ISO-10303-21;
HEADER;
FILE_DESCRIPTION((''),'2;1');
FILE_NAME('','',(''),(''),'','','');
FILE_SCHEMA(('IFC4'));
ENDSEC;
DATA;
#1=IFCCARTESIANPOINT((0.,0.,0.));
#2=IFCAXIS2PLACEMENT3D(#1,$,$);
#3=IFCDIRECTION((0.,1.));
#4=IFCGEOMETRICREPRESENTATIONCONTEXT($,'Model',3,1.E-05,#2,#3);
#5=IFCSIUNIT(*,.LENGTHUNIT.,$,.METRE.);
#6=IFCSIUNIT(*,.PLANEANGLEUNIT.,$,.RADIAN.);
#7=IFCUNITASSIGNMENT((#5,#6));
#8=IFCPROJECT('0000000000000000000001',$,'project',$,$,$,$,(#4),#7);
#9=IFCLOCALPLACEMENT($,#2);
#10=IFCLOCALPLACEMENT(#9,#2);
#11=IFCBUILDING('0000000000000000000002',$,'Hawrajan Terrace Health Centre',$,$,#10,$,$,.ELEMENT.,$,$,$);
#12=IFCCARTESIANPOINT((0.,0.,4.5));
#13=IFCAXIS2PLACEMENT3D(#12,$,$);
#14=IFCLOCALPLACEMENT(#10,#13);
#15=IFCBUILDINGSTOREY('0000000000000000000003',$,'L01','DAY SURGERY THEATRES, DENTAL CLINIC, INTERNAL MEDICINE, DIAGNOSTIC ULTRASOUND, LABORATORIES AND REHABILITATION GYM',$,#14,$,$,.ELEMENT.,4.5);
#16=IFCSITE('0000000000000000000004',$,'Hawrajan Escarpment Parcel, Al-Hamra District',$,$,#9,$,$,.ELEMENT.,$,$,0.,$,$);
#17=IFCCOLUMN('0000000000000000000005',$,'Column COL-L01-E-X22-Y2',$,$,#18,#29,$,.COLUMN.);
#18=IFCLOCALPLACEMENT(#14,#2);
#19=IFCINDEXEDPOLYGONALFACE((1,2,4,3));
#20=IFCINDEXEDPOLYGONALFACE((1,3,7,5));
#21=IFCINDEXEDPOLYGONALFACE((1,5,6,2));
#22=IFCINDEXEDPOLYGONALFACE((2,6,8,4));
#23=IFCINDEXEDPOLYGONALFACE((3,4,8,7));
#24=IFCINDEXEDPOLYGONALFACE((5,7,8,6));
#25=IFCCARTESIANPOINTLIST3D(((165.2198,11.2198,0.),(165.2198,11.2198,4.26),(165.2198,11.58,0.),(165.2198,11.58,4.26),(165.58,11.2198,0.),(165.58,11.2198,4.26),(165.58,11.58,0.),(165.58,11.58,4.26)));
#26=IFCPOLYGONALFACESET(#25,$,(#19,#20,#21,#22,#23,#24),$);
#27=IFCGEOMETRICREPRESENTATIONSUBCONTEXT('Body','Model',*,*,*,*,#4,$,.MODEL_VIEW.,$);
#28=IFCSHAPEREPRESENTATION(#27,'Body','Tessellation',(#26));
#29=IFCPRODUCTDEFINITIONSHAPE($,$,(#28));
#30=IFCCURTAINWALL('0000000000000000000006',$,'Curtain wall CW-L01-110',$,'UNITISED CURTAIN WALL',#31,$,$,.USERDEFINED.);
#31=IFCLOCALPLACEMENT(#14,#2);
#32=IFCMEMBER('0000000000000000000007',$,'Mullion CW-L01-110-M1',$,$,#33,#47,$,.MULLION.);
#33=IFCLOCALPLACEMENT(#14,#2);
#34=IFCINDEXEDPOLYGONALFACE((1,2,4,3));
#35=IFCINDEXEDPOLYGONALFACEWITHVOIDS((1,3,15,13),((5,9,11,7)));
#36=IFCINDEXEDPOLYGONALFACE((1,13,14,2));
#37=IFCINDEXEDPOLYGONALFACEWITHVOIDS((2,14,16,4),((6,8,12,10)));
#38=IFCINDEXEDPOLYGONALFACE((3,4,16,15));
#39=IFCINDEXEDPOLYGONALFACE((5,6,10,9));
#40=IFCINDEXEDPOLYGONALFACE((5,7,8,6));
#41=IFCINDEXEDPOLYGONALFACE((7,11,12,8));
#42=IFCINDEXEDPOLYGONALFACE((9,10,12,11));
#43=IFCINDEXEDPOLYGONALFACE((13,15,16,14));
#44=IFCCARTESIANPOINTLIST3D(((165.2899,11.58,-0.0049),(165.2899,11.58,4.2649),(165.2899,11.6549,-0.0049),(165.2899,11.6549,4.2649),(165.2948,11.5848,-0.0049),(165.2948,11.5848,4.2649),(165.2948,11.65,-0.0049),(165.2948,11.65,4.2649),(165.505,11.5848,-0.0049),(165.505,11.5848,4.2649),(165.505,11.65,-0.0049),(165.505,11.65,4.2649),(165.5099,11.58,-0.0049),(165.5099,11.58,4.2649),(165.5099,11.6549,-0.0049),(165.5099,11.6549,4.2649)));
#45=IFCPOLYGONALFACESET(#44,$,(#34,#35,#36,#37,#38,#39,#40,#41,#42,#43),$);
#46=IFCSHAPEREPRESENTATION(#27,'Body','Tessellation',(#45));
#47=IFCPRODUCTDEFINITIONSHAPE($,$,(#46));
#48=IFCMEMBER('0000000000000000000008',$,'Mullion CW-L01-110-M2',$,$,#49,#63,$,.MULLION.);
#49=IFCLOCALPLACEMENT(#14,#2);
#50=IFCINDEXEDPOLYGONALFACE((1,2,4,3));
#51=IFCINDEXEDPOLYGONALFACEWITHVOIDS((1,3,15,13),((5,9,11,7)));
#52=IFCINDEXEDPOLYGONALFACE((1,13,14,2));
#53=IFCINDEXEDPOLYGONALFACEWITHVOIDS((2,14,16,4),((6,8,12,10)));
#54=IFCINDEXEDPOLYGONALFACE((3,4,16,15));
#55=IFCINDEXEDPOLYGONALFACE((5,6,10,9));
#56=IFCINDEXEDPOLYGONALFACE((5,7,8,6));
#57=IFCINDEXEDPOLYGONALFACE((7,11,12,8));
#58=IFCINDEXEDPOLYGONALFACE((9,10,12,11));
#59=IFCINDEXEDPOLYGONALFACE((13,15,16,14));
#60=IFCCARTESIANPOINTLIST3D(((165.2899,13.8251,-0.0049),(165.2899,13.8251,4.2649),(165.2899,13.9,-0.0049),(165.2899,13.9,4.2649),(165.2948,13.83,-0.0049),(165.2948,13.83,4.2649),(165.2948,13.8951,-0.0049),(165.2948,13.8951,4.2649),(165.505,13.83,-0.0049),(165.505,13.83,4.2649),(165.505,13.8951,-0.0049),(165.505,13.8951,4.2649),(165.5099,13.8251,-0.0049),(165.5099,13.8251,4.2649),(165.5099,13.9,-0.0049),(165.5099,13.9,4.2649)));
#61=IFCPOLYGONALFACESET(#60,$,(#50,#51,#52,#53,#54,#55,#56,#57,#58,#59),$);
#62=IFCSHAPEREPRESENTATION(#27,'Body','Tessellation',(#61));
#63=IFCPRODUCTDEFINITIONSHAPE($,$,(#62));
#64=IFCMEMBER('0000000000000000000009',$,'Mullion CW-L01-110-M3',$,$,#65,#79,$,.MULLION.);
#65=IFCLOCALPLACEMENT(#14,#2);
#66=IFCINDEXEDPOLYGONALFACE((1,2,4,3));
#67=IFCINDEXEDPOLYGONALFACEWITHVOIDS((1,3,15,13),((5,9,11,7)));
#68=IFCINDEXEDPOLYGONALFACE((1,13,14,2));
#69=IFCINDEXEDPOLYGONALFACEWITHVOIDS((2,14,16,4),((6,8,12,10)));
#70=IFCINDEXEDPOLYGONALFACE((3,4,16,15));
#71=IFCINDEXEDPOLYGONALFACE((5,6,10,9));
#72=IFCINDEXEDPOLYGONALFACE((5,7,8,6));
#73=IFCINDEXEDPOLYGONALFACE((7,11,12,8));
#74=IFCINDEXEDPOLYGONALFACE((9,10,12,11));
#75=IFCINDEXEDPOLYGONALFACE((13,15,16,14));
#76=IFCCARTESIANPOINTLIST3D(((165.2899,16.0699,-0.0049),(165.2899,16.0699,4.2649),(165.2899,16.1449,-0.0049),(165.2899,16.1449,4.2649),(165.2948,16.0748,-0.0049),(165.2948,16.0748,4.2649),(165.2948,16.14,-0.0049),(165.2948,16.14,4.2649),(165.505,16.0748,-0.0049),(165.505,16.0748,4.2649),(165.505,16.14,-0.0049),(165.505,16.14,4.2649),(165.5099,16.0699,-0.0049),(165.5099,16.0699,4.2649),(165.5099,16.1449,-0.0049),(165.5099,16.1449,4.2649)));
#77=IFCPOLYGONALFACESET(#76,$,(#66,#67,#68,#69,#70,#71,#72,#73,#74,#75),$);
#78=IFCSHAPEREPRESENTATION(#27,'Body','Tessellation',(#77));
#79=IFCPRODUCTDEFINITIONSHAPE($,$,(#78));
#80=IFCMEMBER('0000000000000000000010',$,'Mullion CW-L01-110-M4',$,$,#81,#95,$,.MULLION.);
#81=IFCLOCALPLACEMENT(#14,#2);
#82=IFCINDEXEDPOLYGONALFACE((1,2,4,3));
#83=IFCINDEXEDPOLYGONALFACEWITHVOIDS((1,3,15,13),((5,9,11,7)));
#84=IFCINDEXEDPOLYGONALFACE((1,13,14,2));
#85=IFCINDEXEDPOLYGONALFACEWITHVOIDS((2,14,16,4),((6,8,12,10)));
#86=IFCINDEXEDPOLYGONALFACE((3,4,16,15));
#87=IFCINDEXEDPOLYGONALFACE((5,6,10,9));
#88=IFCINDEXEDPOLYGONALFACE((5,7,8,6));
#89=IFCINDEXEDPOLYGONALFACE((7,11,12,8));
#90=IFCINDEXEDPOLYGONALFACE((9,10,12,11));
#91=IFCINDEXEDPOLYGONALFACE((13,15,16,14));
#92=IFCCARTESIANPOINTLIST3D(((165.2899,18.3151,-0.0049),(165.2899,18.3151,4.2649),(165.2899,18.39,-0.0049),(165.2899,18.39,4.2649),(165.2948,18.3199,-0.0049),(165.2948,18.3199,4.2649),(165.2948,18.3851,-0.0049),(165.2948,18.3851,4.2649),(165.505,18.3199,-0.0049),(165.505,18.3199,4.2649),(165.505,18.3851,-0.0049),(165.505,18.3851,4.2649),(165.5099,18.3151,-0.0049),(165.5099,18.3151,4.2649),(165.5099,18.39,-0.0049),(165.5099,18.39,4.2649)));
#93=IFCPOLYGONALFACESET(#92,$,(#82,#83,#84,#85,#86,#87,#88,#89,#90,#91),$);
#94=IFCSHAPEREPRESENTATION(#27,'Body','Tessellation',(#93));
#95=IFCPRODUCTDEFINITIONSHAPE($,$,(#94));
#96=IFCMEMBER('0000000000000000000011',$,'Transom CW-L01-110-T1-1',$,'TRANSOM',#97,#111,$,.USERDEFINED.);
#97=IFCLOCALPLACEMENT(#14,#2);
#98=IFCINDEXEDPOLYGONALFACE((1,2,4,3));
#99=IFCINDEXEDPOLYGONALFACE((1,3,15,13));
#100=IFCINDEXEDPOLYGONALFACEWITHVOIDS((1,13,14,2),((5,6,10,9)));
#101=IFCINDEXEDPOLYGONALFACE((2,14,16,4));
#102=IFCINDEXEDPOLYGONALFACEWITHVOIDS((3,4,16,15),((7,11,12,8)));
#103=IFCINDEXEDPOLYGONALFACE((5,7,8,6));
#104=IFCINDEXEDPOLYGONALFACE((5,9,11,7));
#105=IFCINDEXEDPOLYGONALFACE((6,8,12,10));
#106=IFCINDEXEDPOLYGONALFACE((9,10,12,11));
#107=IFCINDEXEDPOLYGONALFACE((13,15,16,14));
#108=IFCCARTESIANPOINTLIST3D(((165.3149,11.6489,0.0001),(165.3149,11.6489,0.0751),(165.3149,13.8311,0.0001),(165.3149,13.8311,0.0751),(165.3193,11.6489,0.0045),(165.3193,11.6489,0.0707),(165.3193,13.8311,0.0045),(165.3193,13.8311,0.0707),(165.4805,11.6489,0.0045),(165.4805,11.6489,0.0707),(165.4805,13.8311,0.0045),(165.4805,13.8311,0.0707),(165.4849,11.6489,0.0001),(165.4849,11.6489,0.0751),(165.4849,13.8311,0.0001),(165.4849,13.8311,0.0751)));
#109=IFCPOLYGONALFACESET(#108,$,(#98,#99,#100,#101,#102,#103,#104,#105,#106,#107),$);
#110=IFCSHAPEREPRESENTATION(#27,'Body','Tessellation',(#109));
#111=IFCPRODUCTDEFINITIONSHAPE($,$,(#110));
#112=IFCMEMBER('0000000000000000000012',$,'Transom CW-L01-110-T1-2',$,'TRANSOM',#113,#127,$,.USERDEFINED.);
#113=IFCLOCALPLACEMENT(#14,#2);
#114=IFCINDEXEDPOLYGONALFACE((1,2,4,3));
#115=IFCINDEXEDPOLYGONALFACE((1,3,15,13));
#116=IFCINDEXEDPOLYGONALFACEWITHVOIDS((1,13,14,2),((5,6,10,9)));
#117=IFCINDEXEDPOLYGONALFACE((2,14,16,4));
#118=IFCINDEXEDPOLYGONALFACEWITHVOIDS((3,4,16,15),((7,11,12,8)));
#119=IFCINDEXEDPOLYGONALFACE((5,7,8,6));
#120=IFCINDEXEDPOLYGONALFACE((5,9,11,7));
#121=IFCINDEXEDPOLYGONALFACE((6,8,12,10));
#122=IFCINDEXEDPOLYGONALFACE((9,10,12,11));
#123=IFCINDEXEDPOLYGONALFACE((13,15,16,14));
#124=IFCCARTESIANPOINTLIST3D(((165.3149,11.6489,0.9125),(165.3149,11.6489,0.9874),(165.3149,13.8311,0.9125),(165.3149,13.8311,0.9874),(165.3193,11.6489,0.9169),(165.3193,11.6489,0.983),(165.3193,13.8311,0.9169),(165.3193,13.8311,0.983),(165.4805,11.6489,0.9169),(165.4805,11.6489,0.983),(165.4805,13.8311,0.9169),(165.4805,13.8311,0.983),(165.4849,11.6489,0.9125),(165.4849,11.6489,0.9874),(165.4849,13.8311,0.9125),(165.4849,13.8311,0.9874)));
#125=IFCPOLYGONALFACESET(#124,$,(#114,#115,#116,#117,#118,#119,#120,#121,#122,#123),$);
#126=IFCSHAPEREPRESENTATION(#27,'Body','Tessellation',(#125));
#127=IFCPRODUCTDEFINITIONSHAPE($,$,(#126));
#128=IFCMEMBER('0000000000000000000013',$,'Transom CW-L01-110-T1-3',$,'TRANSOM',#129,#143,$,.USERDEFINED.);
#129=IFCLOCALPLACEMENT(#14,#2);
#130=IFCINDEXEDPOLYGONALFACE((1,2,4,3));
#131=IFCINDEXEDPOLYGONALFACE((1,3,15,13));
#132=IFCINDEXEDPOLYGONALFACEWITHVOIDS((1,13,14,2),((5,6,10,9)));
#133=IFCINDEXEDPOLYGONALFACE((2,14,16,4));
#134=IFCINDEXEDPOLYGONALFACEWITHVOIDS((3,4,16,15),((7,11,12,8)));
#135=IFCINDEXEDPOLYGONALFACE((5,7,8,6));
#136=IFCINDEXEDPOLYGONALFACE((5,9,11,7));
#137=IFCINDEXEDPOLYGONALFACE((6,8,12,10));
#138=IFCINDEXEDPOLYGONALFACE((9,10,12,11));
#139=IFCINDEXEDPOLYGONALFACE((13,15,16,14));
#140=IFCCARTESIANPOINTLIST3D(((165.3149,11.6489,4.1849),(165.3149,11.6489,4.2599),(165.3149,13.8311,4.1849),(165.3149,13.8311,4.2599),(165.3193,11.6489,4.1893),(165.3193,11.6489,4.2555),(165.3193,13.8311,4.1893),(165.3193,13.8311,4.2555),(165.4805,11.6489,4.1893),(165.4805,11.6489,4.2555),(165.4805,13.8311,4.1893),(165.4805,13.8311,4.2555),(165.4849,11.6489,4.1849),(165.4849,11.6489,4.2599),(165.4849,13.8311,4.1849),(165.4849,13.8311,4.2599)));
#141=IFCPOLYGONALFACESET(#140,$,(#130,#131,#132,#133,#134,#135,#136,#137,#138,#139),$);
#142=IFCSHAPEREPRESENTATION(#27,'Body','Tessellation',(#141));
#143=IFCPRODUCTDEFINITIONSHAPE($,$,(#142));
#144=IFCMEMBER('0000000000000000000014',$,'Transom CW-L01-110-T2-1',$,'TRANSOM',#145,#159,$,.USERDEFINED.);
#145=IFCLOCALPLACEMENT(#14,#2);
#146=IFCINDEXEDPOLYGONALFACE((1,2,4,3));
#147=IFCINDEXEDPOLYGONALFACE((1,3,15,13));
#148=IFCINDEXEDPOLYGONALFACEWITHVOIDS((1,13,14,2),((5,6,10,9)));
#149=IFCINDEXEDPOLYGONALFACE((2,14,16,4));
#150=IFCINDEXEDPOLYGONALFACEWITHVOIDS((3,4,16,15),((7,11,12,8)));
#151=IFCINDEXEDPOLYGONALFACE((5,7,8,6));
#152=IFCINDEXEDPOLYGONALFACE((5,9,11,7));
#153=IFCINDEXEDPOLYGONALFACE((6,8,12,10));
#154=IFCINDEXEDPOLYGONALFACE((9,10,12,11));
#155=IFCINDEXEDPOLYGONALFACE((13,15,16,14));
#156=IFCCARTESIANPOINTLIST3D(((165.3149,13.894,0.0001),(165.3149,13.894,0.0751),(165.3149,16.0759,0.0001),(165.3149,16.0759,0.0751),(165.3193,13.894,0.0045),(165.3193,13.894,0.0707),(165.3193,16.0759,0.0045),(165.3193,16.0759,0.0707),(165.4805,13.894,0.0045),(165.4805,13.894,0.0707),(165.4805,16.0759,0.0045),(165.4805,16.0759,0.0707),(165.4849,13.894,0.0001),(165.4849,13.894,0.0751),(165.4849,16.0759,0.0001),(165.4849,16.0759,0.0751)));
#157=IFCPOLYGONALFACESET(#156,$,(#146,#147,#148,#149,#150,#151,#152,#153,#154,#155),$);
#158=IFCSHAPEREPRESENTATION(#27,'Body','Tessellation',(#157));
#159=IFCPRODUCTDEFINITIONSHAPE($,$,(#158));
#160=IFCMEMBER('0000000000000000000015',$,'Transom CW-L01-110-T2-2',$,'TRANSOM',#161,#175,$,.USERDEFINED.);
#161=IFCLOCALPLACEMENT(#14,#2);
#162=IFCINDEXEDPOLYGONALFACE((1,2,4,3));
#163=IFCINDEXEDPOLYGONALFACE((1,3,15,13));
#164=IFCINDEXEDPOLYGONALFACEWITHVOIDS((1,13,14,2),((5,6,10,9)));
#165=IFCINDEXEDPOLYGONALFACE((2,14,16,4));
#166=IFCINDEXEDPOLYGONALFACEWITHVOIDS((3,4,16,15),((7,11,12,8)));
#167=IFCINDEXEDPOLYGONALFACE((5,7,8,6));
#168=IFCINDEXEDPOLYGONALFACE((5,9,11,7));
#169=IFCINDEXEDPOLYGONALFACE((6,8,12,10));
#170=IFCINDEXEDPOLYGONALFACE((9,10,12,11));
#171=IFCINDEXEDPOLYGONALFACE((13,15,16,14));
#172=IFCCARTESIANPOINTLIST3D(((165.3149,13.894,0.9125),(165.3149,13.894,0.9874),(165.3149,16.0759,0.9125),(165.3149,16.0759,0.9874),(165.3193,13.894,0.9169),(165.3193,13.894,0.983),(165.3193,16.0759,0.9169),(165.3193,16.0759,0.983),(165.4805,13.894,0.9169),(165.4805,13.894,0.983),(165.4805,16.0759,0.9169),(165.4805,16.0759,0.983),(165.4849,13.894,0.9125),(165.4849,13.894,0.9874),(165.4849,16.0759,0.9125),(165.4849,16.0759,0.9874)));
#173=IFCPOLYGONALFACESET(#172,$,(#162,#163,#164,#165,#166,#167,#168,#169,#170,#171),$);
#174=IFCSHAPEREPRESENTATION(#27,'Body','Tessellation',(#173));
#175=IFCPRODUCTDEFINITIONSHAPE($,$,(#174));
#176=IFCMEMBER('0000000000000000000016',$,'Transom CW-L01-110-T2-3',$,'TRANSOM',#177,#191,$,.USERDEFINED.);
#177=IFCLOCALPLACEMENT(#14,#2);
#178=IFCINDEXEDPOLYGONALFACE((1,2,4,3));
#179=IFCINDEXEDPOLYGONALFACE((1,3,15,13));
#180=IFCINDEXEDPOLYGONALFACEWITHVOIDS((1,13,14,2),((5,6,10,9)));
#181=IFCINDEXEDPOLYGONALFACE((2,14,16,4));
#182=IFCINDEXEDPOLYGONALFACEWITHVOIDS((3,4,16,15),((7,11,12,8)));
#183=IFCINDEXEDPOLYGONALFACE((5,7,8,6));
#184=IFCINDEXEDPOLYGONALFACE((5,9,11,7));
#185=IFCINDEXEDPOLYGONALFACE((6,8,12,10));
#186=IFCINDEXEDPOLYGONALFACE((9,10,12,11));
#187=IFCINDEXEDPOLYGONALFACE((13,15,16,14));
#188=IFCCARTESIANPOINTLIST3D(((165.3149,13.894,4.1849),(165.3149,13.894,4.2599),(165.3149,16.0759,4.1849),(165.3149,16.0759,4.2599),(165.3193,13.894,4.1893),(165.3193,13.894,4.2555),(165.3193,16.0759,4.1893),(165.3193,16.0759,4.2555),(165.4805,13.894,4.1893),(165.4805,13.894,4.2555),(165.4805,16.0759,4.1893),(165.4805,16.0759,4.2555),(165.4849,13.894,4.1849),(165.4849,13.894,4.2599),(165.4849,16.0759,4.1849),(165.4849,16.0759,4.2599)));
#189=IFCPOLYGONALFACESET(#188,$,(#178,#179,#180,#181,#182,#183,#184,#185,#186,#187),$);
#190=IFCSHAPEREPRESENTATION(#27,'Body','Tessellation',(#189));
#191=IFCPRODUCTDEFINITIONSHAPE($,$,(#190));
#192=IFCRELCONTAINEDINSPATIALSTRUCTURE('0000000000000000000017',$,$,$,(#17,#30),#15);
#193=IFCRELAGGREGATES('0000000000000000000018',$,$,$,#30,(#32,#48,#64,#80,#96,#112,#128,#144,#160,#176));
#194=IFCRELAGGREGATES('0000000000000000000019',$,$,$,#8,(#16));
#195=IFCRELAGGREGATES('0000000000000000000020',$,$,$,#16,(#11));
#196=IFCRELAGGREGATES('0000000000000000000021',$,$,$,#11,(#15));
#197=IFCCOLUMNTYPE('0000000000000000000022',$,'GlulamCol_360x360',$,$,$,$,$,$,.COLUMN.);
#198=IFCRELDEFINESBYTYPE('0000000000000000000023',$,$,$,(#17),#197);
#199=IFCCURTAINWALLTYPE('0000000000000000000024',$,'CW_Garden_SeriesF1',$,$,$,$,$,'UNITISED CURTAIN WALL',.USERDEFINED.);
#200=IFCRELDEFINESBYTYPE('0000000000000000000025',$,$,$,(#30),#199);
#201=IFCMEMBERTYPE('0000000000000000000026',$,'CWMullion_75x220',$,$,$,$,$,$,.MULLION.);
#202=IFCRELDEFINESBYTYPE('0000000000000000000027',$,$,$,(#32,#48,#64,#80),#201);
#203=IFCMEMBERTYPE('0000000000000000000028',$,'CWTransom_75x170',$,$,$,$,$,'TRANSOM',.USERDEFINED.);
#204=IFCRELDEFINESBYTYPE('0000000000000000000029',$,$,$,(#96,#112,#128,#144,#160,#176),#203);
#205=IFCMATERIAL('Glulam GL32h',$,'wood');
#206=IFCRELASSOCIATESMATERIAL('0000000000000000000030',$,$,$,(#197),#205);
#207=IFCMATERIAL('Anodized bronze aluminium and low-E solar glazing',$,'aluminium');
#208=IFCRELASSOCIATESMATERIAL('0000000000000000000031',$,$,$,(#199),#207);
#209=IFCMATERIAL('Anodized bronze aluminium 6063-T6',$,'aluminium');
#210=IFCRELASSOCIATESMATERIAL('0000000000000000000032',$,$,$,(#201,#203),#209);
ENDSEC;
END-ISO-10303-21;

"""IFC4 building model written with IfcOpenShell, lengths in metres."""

from ifc_helpers import new_model, si_unit, direction, frame, origin, origin_2d, place, context, subcontext, project, spatial, rectangle, hollow_rectangle, extrude, material, material_profile, profile_set, type_object, element, aggregate, save


model = new_model("IFC4")

# Units and contexts
model_context = context("Model", 3, precision=1e-05, world=origin(), true_north=direction((0.0, 1.0)))
body_context = subcontext(model_context, "Body", "Model", "MODEL_VIEW")
ifc_project = project(units=[si_unit("LENGTHUNIT", "METRE"), si_unit("PLANEANGLEUNIT", "RADIAN")], contexts=[model_context])

# Site, building, storey
site_placement = place(None, origin())
site = spatial("IfcSite", under=ifc_project, at=site_placement, Name="Hawrajan Escarpment Parcel, Al-Hamra District", CompositionType="ELEMENT", RefElevation=0.0)
building_placement = place(site_placement, origin())
building = spatial("IfcBuilding", under=site, at=building_placement, Name="Hawrajan Terrace Health Centre", CompositionType="ELEMENT")
storey_placement = place(building_placement, frame((0.0, 0.0, 4.5)))
storey = spatial("IfcBuildingStorey", under=building, at=storey_placement, Name="L01", Description="DAY SURGERY THEATRES, DENTAL CLINIC, INTERNAL MEDICINE, DIAGNOSTIC ULTRASOUND, LABORATORIES AND REHABILITATION GYM", CompositionType="ELEMENT", Elevation=4.5)

# Column
ifc_material_1 = material(Name="Glulam GL32h", Category="wood")
ifc_material_profile_1 = material_profile(ifc_material_1, rectangle(XDim=0.3601, YDim=0.3601, at=origin_2d()), Name="GL 360x360")
ifc_profile_set_1 = profile_set([ifc_material_profile_1], Name="Glulam GL32h")
column_type = type_object("IfcColumnType", Name="GlulamCol_360x360", PredefinedType="COLUMN", material=ifc_profile_set_1)
column_placement = place(storey_placement, frame((165.3999, 11.3999, 0.0), z_axis=(0.0, 0.0, 1.0), x_axis=(1.0, 0.0, 0.0)))
element("IfcColumn", 1, at=column_placement, inside=storey, type_object=column_type, Name="Column COL-L01-E-X22-Y2", PredefinedType="COLUMN", context=body_context, shape_type="SweptSolid", body=[
    extrude(rectangle(XDim=0.3601, YDim=0.3601, at=origin_2d()), origin(), (0.0, 0.0, 1.0), 4.26),
])

# Curtain wall, members
ifc_material_2 = material(Name="Anodized bronze aluminium and low-E solar glazing", Category="aluminium")
curtain_wall_type = type_object("IfcCurtainWallType", Name="CW_Garden_SeriesF1", ElementType="UNITISED CURTAIN WALL", PredefinedType="USERDEFINED", material=ifc_material_2)
curtain_wall_placement = place(storey_placement, origin())
curtain_wall = element("IfcCurtainWall", 2, at=curtain_wall_placement, inside=storey, type_object=curtain_wall_type, Name="Curtain wall CW-L01-110", ObjectType="UNITISED CURTAIN WALL", PredefinedType="USERDEFINED")
ifc_material_3 = material(Name="Anodized bronze aluminium 6063-T6", Category="aluminium")
ifc_material_profile_2 = material_profile(ifc_material_3, hollow_rectangle(XDim=0.075, YDim=0.22, WallThickness=0.0049, at=origin_2d()), Name="CW MUL 75x220")
ifc_profile_set_2 = profile_set([ifc_material_profile_2], Name="Anodized bronze aluminium 6063-T6")
member_type_1 = type_object("IfcMemberType", Name="CWMullion_75x220", PredefinedType="MULLION", material=ifc_profile_set_2)
member_1_placement = place(storey_placement, frame((165.3999, 11.6174, -0.0049), z_axis=(0.0, 0.0, 1.0), x_axis=(0.0, 1.0, 0.0)))
member_1 = element("IfcMember", 3, at=member_1_placement, type_object=member_type_1, Name="Mullion CW-L01-110-M1", PredefinedType="MULLION", context=body_context, shape_type="SweptSolid", body=[
    extrude(hollow_rectangle(XDim=0.075, YDim=0.22, WallThickness=0.0049, at=origin_2d()), origin(), (0.0, 0.0, 1.0), 4.2698),
])
member_2_placement = place(storey_placement, frame((165.3999, 13.8625, -0.0049), z_axis=(0.0, 0.0, 1.0), x_axis=(0.0, 1.0, 0.0)))
member_2 = element("IfcMember", 4, at=member_2_placement, type_object=member_type_1, Name="Mullion CW-L01-110-M2", PredefinedType="MULLION", context=body_context, shape_type="SweptSolid", body=[
    extrude(hollow_rectangle(XDim=0.075, YDim=0.22, WallThickness=0.0049, at=origin_2d()), origin(), (0.0, 0.0, 1.0), 4.2698),
])
member_3_placement = place(storey_placement, frame((165.3999, 16.1074, -0.0049), z_axis=(0.0, 0.0, 1.0), x_axis=(0.0, 1.0, 0.0)))
member_3 = element("IfcMember", 5, at=member_3_placement, type_object=member_type_1, Name="Mullion CW-L01-110-M3", PredefinedType="MULLION", context=body_context, shape_type="SweptSolid", body=[
    extrude(hollow_rectangle(XDim=0.075, YDim=0.22, WallThickness=0.0049, at=origin_2d()), origin(), (0.0, 0.0, 1.0), 4.2698),
])
member_4_placement = place(storey_placement, frame((165.3999, 18.3525, -0.0049), z_axis=(0.0, 0.0, 1.0), x_axis=(0.0, 1.0, 0.0)))
member_4 = element("IfcMember", 6, at=member_4_placement, type_object=member_type_1, Name="Mullion CW-L01-110-M4", PredefinedType="MULLION", context=body_context, shape_type="SweptSolid", body=[
    extrude(hollow_rectangle(XDim=0.075, YDim=0.22, WallThickness=0.0049, at=origin_2d()), origin(), (0.0, 0.0, 1.0), 4.2698),
])
ifc_material_profile_3 = material_profile(ifc_material_3, hollow_rectangle(XDim=0.075, YDim=0.1699, WallThickness=0.0044, at=origin_2d()), Name="CW TRN 75x170")
ifc_profile_set_3 = profile_set([ifc_material_profile_3], Name="Anodized bronze aluminium 6063-T6")
member_type_2 = type_object("IfcMemberType", Name="CWTransom_75x170", ElementType="TRANSOM", PredefinedType="USERDEFINED", material=ifc_profile_set_3)
member_5_placement = place(storey_placement, frame((165.3999, 11.6489, 0.0376), z_axis=(0.0, 1.0, 0.0), x_axis=(0.0, 0.0, 1.0)))
member_5 = element("IfcMember", 7, at=member_5_placement, type_object=member_type_2, Name="Transom CW-L01-110-T1-1", ObjectType="TRANSOM", PredefinedType="USERDEFINED", context=body_context, shape_type="SweptSolid", body=[
    extrude(hollow_rectangle(XDim=0.075, YDim=0.1699, WallThickness=0.0044, at=origin_2d()), origin(), (0.0, 0.0, 1.0), 2.1821),
])
member_6_placement = place(storey_placement, frame((165.3999, 11.6489, 0.95), z_axis=(0.0, 1.0, 0.0), x_axis=(0.0, 0.0, 1.0)))
member_6 = element("IfcMember", 8, at=member_6_placement, type_object=member_type_2, Name="Transom CW-L01-110-T1-2", ObjectType="TRANSOM", PredefinedType="USERDEFINED", context=body_context, shape_type="SweptSolid", body=[
    extrude(hollow_rectangle(XDim=0.075, YDim=0.1699, WallThickness=0.0044, at=origin_2d()), origin(), (0.0, 0.0, 1.0), 2.1821),
])
member_7_placement = place(storey_placement, frame((165.3999, 11.6489, 4.2224), z_axis=(0.0, 1.0, 0.0), x_axis=(0.0, 0.0, 1.0)))
member_7 = element("IfcMember", 9, at=member_7_placement, type_object=member_type_2, Name="Transom CW-L01-110-T1-3", ObjectType="TRANSOM", PredefinedType="USERDEFINED", context=body_context, shape_type="SweptSolid", body=[
    extrude(hollow_rectangle(XDim=0.075, YDim=0.1699, WallThickness=0.0044, at=origin_2d()), origin(), (0.0, 0.0, 1.0), 2.1821),
])
member_8_placement = place(storey_placement, frame((165.3999, 13.894, 0.0376), z_axis=(0.0, 1.0, 0.0), x_axis=(0.0, 0.0, 1.0)))
member_8 = element("IfcMember", 10, at=member_8_placement, type_object=member_type_2, Name="Transom CW-L01-110-T2-1", ObjectType="TRANSOM", PredefinedType="USERDEFINED", context=body_context, shape_type="SweptSolid", body=[
    extrude(hollow_rectangle(XDim=0.075, YDim=0.1699, WallThickness=0.0044, at=origin_2d()), origin(), (0.0, 0.0, 1.0), 2.1819),
])
member_9_placement = place(storey_placement, frame((165.3999, 13.894, 0.95), z_axis=(0.0, 1.0, 0.0), x_axis=(0.0, 0.0, 1.0)))
member_9 = element("IfcMember", 11, at=member_9_placement, type_object=member_type_2, Name="Transom CW-L01-110-T2-2", ObjectType="TRANSOM", PredefinedType="USERDEFINED", context=body_context, shape_type="SweptSolid", body=[
    extrude(hollow_rectangle(XDim=0.075, YDim=0.1699, WallThickness=0.0044, at=origin_2d()), origin(), (0.0, 0.0, 1.0), 2.1819),
])
member_10_placement = place(storey_placement, frame((165.3999, 13.894, 4.2224), z_axis=(0.0, 1.0, 0.0), x_axis=(0.0, 0.0, 1.0)))
member_10 = element("IfcMember", 12, at=member_10_placement, type_object=member_type_2, Name="Transom CW-L01-110-T2-3", ObjectType="TRANSOM", PredefinedType="USERDEFINED", context=body_context, shape_type="SweptSolid", body=[
    extrude(hollow_rectangle(XDim=0.075, YDim=0.1699, WallThickness=0.0044, at=origin_2d()), origin(), (0.0, 0.0, 1.0), 2.1819),
])

aggregate(curtain_wall, [member_1, member_2, member_3, member_4, member_5, member_6, member_7, member_8, member_9, member_10])

save(model, "model.ifc")
